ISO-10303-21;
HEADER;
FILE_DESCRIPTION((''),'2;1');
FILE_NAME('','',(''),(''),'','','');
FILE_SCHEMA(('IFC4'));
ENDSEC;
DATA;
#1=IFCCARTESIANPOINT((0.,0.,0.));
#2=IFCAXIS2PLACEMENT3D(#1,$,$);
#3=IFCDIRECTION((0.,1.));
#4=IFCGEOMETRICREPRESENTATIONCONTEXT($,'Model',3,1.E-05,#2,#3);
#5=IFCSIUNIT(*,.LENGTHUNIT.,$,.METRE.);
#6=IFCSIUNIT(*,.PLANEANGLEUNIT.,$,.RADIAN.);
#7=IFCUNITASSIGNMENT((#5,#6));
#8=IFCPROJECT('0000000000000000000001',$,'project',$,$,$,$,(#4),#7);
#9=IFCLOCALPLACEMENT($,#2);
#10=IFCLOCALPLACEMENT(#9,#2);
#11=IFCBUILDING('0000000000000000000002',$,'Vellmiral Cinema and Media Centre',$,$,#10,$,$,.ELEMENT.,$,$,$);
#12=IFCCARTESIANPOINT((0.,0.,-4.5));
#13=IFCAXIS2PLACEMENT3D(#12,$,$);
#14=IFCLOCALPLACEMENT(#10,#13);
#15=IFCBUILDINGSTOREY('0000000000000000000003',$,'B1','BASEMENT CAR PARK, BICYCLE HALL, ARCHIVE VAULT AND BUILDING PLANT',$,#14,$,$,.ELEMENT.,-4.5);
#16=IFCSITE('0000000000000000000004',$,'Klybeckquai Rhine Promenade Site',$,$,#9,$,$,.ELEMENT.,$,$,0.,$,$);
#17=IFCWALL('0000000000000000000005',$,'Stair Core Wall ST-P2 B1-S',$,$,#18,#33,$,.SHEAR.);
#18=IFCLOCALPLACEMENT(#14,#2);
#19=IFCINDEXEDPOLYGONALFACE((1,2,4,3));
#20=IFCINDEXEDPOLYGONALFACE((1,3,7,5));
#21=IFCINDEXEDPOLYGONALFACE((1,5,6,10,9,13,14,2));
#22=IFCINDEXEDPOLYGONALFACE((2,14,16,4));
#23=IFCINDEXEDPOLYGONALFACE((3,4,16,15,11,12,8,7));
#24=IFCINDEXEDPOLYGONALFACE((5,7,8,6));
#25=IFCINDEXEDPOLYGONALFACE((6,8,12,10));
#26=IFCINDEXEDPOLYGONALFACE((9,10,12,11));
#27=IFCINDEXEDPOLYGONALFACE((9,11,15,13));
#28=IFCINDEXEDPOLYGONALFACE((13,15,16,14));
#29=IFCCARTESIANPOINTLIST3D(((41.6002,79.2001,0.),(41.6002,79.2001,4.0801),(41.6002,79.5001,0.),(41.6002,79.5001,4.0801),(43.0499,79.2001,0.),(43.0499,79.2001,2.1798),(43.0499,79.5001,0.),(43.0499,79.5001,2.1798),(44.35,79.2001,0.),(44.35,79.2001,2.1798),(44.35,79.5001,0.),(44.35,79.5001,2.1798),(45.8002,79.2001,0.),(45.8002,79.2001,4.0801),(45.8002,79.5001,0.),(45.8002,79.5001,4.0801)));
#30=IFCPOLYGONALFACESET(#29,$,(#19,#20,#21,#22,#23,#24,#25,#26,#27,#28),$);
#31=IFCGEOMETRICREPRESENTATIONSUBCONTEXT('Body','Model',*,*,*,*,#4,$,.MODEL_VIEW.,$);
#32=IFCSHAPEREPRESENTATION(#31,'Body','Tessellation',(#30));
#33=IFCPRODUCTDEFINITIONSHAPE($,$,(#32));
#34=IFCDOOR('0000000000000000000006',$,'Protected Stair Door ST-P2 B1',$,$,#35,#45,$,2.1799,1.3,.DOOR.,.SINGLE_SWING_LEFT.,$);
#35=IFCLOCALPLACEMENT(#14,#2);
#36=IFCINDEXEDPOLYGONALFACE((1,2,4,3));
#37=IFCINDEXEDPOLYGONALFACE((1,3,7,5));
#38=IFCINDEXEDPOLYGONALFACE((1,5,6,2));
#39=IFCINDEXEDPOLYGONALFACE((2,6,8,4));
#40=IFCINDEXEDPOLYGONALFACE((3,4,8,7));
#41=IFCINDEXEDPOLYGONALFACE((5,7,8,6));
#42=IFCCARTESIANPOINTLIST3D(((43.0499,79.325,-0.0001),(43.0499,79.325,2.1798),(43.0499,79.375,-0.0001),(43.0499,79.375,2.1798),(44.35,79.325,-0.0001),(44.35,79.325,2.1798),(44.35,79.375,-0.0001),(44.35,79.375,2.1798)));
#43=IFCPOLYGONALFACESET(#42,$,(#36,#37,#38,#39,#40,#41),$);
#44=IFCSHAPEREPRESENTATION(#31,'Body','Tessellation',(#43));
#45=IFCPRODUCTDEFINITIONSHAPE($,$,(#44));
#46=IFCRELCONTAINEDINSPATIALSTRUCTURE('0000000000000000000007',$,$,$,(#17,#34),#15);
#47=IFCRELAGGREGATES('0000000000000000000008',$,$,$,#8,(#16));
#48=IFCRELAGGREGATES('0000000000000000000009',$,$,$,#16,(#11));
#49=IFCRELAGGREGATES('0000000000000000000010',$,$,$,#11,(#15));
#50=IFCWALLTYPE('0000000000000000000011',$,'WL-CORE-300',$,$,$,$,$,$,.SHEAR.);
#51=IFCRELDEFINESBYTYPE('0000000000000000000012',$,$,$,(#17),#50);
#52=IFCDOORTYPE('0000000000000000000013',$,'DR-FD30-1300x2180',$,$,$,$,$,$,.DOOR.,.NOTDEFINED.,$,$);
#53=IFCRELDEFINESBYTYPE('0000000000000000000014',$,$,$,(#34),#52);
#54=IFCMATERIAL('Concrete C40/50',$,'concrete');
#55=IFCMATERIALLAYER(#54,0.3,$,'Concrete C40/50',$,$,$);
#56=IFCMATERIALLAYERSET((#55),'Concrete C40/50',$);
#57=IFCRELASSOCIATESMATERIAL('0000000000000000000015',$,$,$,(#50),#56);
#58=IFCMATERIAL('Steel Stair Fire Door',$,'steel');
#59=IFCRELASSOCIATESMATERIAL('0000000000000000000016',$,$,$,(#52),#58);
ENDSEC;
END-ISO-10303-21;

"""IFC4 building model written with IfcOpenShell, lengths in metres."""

from ifc_helpers import new_model, si_unit, direction, frame, frame_2d, origin, place, context, subcontext, project, spatial, rectangle, extrude, material, layer, layer_set, type_object, element, fill, save


model = new_model("IFC4")

# Units and contexts
model_context = context("Model", 3, precision=1e-05, world=origin(), true_north=direction((0.0, 1.0)))
body_context = subcontext(model_context, "Body", "Model", "MODEL_VIEW")
ifc_project = project(units=[si_unit("LENGTHUNIT", "METRE"), si_unit("PLANEANGLEUNIT", "RADIAN")], contexts=[model_context])

# Site, building, storey
site_placement = place(None, origin())
site = spatial("IfcSite", under=ifc_project, at=site_placement, Name="Klybeckquai Rhine Promenade Site", CompositionType="ELEMENT", RefElevation=0.0)
building_placement = place(site_placement, origin())
building = spatial("IfcBuilding", under=site, at=building_placement, Name="Vellmiral Cinema and Media Centre", CompositionType="ELEMENT")
storey_placement = place(building_placement, frame((0.0, 0.0, -4.5)))
storey = spatial("IfcBuildingStorey", under=building, at=storey_placement, Name="B1", Description="BASEMENT CAR PARK, BICYCLE HALL, ARCHIVE VAULT AND BUILDING PLANT", CompositionType="ELEMENT", Elevation=-4.5)

# Wall, opening, door
ifc_material_1 = material(Name="Concrete C40/50", Category="concrete")
ifc_layer_1 = layer(ifc_material_1, 0.3, Name="Concrete C40/50")
ifc_layer_set_1 = layer_set([ifc_layer_1], Name="Concrete C40/50")
wall_type_1 = type_object("IfcWallType", Name="WL-CORE-300", PredefinedType="SHEAR", material=ifc_layer_set_1)
wall_1_placement = place(storey_placement, frame((41.6001, 79.3501, 0.0), z_axis=(0.0, 0.0, 1.0), x_axis=(1.0, 0.0, 0.0)))
wall_1 = element("IfcWall", 1, at=wall_1_placement, inside=storey, type_object=wall_type_1, Name="Stair Core Wall ST-P2 B1-S", PredefinedType="SHEAR", context=body_context, shape_type="SweptSolid", body=[
    extrude(rectangle(XDim=4.2, YDim=0.3, at=frame_2d((2.1001, 0.0))), origin(), (0.0, 0.0, 1.0), 4.0801),
])
opening_placement = place(wall_1_placement, frame((1.45, 0.0, 0.0)))
opening = element("IfcOpeningElement", 2, at=opening_placement, cuts=wall_1, PredefinedType="OPENING", context=body_context, shape_type="SweptSolid", body=[
    extrude(rectangle(XDim=1.3, YDim=2.1799, at=frame_2d((0.6499, 1.0898))), frame((0.0, 0.1621, 0.0), z_axis=(0.0, -1.0, 0.0), x_axis=(1.0, 0.0, 0.0)), (0.0, 0.0, 1.0), 0.324),
])
ifc_material_2 = material(Name="Steel Stair Fire Door", Category="steel")
door_type = type_object("IfcDoorType", Name="DR-FD30-1300x2180", OperationType="NOTDEFINED", PredefinedType="DOOR", material=ifc_material_2)
door_placement = place(opening_placement, origin())
door = element("IfcDoor", 3, at=door_placement, inside=storey, type_object=door_type, Name="Protected Stair Door ST-P2 B1", OperationType="SINGLE_SWING_LEFT", OverallHeight=2.1799, OverallWidth=1.3, PredefinedType="DOOR", context=body_context, shape_type="SweptSolid", body=[
    extrude(rectangle(XDim=1.3, YDim=2.1799, at=frame_2d((0.6499, 1.0898))), frame((0.0, 0.0249, 0.0), z_axis=(0.0, -1.0, 0.0), x_axis=(1.0, 0.0, 0.0)), (0.0, 0.0, 1.0), 0.05),
])
fill(opening, door)

save(model, "model.ifc")
